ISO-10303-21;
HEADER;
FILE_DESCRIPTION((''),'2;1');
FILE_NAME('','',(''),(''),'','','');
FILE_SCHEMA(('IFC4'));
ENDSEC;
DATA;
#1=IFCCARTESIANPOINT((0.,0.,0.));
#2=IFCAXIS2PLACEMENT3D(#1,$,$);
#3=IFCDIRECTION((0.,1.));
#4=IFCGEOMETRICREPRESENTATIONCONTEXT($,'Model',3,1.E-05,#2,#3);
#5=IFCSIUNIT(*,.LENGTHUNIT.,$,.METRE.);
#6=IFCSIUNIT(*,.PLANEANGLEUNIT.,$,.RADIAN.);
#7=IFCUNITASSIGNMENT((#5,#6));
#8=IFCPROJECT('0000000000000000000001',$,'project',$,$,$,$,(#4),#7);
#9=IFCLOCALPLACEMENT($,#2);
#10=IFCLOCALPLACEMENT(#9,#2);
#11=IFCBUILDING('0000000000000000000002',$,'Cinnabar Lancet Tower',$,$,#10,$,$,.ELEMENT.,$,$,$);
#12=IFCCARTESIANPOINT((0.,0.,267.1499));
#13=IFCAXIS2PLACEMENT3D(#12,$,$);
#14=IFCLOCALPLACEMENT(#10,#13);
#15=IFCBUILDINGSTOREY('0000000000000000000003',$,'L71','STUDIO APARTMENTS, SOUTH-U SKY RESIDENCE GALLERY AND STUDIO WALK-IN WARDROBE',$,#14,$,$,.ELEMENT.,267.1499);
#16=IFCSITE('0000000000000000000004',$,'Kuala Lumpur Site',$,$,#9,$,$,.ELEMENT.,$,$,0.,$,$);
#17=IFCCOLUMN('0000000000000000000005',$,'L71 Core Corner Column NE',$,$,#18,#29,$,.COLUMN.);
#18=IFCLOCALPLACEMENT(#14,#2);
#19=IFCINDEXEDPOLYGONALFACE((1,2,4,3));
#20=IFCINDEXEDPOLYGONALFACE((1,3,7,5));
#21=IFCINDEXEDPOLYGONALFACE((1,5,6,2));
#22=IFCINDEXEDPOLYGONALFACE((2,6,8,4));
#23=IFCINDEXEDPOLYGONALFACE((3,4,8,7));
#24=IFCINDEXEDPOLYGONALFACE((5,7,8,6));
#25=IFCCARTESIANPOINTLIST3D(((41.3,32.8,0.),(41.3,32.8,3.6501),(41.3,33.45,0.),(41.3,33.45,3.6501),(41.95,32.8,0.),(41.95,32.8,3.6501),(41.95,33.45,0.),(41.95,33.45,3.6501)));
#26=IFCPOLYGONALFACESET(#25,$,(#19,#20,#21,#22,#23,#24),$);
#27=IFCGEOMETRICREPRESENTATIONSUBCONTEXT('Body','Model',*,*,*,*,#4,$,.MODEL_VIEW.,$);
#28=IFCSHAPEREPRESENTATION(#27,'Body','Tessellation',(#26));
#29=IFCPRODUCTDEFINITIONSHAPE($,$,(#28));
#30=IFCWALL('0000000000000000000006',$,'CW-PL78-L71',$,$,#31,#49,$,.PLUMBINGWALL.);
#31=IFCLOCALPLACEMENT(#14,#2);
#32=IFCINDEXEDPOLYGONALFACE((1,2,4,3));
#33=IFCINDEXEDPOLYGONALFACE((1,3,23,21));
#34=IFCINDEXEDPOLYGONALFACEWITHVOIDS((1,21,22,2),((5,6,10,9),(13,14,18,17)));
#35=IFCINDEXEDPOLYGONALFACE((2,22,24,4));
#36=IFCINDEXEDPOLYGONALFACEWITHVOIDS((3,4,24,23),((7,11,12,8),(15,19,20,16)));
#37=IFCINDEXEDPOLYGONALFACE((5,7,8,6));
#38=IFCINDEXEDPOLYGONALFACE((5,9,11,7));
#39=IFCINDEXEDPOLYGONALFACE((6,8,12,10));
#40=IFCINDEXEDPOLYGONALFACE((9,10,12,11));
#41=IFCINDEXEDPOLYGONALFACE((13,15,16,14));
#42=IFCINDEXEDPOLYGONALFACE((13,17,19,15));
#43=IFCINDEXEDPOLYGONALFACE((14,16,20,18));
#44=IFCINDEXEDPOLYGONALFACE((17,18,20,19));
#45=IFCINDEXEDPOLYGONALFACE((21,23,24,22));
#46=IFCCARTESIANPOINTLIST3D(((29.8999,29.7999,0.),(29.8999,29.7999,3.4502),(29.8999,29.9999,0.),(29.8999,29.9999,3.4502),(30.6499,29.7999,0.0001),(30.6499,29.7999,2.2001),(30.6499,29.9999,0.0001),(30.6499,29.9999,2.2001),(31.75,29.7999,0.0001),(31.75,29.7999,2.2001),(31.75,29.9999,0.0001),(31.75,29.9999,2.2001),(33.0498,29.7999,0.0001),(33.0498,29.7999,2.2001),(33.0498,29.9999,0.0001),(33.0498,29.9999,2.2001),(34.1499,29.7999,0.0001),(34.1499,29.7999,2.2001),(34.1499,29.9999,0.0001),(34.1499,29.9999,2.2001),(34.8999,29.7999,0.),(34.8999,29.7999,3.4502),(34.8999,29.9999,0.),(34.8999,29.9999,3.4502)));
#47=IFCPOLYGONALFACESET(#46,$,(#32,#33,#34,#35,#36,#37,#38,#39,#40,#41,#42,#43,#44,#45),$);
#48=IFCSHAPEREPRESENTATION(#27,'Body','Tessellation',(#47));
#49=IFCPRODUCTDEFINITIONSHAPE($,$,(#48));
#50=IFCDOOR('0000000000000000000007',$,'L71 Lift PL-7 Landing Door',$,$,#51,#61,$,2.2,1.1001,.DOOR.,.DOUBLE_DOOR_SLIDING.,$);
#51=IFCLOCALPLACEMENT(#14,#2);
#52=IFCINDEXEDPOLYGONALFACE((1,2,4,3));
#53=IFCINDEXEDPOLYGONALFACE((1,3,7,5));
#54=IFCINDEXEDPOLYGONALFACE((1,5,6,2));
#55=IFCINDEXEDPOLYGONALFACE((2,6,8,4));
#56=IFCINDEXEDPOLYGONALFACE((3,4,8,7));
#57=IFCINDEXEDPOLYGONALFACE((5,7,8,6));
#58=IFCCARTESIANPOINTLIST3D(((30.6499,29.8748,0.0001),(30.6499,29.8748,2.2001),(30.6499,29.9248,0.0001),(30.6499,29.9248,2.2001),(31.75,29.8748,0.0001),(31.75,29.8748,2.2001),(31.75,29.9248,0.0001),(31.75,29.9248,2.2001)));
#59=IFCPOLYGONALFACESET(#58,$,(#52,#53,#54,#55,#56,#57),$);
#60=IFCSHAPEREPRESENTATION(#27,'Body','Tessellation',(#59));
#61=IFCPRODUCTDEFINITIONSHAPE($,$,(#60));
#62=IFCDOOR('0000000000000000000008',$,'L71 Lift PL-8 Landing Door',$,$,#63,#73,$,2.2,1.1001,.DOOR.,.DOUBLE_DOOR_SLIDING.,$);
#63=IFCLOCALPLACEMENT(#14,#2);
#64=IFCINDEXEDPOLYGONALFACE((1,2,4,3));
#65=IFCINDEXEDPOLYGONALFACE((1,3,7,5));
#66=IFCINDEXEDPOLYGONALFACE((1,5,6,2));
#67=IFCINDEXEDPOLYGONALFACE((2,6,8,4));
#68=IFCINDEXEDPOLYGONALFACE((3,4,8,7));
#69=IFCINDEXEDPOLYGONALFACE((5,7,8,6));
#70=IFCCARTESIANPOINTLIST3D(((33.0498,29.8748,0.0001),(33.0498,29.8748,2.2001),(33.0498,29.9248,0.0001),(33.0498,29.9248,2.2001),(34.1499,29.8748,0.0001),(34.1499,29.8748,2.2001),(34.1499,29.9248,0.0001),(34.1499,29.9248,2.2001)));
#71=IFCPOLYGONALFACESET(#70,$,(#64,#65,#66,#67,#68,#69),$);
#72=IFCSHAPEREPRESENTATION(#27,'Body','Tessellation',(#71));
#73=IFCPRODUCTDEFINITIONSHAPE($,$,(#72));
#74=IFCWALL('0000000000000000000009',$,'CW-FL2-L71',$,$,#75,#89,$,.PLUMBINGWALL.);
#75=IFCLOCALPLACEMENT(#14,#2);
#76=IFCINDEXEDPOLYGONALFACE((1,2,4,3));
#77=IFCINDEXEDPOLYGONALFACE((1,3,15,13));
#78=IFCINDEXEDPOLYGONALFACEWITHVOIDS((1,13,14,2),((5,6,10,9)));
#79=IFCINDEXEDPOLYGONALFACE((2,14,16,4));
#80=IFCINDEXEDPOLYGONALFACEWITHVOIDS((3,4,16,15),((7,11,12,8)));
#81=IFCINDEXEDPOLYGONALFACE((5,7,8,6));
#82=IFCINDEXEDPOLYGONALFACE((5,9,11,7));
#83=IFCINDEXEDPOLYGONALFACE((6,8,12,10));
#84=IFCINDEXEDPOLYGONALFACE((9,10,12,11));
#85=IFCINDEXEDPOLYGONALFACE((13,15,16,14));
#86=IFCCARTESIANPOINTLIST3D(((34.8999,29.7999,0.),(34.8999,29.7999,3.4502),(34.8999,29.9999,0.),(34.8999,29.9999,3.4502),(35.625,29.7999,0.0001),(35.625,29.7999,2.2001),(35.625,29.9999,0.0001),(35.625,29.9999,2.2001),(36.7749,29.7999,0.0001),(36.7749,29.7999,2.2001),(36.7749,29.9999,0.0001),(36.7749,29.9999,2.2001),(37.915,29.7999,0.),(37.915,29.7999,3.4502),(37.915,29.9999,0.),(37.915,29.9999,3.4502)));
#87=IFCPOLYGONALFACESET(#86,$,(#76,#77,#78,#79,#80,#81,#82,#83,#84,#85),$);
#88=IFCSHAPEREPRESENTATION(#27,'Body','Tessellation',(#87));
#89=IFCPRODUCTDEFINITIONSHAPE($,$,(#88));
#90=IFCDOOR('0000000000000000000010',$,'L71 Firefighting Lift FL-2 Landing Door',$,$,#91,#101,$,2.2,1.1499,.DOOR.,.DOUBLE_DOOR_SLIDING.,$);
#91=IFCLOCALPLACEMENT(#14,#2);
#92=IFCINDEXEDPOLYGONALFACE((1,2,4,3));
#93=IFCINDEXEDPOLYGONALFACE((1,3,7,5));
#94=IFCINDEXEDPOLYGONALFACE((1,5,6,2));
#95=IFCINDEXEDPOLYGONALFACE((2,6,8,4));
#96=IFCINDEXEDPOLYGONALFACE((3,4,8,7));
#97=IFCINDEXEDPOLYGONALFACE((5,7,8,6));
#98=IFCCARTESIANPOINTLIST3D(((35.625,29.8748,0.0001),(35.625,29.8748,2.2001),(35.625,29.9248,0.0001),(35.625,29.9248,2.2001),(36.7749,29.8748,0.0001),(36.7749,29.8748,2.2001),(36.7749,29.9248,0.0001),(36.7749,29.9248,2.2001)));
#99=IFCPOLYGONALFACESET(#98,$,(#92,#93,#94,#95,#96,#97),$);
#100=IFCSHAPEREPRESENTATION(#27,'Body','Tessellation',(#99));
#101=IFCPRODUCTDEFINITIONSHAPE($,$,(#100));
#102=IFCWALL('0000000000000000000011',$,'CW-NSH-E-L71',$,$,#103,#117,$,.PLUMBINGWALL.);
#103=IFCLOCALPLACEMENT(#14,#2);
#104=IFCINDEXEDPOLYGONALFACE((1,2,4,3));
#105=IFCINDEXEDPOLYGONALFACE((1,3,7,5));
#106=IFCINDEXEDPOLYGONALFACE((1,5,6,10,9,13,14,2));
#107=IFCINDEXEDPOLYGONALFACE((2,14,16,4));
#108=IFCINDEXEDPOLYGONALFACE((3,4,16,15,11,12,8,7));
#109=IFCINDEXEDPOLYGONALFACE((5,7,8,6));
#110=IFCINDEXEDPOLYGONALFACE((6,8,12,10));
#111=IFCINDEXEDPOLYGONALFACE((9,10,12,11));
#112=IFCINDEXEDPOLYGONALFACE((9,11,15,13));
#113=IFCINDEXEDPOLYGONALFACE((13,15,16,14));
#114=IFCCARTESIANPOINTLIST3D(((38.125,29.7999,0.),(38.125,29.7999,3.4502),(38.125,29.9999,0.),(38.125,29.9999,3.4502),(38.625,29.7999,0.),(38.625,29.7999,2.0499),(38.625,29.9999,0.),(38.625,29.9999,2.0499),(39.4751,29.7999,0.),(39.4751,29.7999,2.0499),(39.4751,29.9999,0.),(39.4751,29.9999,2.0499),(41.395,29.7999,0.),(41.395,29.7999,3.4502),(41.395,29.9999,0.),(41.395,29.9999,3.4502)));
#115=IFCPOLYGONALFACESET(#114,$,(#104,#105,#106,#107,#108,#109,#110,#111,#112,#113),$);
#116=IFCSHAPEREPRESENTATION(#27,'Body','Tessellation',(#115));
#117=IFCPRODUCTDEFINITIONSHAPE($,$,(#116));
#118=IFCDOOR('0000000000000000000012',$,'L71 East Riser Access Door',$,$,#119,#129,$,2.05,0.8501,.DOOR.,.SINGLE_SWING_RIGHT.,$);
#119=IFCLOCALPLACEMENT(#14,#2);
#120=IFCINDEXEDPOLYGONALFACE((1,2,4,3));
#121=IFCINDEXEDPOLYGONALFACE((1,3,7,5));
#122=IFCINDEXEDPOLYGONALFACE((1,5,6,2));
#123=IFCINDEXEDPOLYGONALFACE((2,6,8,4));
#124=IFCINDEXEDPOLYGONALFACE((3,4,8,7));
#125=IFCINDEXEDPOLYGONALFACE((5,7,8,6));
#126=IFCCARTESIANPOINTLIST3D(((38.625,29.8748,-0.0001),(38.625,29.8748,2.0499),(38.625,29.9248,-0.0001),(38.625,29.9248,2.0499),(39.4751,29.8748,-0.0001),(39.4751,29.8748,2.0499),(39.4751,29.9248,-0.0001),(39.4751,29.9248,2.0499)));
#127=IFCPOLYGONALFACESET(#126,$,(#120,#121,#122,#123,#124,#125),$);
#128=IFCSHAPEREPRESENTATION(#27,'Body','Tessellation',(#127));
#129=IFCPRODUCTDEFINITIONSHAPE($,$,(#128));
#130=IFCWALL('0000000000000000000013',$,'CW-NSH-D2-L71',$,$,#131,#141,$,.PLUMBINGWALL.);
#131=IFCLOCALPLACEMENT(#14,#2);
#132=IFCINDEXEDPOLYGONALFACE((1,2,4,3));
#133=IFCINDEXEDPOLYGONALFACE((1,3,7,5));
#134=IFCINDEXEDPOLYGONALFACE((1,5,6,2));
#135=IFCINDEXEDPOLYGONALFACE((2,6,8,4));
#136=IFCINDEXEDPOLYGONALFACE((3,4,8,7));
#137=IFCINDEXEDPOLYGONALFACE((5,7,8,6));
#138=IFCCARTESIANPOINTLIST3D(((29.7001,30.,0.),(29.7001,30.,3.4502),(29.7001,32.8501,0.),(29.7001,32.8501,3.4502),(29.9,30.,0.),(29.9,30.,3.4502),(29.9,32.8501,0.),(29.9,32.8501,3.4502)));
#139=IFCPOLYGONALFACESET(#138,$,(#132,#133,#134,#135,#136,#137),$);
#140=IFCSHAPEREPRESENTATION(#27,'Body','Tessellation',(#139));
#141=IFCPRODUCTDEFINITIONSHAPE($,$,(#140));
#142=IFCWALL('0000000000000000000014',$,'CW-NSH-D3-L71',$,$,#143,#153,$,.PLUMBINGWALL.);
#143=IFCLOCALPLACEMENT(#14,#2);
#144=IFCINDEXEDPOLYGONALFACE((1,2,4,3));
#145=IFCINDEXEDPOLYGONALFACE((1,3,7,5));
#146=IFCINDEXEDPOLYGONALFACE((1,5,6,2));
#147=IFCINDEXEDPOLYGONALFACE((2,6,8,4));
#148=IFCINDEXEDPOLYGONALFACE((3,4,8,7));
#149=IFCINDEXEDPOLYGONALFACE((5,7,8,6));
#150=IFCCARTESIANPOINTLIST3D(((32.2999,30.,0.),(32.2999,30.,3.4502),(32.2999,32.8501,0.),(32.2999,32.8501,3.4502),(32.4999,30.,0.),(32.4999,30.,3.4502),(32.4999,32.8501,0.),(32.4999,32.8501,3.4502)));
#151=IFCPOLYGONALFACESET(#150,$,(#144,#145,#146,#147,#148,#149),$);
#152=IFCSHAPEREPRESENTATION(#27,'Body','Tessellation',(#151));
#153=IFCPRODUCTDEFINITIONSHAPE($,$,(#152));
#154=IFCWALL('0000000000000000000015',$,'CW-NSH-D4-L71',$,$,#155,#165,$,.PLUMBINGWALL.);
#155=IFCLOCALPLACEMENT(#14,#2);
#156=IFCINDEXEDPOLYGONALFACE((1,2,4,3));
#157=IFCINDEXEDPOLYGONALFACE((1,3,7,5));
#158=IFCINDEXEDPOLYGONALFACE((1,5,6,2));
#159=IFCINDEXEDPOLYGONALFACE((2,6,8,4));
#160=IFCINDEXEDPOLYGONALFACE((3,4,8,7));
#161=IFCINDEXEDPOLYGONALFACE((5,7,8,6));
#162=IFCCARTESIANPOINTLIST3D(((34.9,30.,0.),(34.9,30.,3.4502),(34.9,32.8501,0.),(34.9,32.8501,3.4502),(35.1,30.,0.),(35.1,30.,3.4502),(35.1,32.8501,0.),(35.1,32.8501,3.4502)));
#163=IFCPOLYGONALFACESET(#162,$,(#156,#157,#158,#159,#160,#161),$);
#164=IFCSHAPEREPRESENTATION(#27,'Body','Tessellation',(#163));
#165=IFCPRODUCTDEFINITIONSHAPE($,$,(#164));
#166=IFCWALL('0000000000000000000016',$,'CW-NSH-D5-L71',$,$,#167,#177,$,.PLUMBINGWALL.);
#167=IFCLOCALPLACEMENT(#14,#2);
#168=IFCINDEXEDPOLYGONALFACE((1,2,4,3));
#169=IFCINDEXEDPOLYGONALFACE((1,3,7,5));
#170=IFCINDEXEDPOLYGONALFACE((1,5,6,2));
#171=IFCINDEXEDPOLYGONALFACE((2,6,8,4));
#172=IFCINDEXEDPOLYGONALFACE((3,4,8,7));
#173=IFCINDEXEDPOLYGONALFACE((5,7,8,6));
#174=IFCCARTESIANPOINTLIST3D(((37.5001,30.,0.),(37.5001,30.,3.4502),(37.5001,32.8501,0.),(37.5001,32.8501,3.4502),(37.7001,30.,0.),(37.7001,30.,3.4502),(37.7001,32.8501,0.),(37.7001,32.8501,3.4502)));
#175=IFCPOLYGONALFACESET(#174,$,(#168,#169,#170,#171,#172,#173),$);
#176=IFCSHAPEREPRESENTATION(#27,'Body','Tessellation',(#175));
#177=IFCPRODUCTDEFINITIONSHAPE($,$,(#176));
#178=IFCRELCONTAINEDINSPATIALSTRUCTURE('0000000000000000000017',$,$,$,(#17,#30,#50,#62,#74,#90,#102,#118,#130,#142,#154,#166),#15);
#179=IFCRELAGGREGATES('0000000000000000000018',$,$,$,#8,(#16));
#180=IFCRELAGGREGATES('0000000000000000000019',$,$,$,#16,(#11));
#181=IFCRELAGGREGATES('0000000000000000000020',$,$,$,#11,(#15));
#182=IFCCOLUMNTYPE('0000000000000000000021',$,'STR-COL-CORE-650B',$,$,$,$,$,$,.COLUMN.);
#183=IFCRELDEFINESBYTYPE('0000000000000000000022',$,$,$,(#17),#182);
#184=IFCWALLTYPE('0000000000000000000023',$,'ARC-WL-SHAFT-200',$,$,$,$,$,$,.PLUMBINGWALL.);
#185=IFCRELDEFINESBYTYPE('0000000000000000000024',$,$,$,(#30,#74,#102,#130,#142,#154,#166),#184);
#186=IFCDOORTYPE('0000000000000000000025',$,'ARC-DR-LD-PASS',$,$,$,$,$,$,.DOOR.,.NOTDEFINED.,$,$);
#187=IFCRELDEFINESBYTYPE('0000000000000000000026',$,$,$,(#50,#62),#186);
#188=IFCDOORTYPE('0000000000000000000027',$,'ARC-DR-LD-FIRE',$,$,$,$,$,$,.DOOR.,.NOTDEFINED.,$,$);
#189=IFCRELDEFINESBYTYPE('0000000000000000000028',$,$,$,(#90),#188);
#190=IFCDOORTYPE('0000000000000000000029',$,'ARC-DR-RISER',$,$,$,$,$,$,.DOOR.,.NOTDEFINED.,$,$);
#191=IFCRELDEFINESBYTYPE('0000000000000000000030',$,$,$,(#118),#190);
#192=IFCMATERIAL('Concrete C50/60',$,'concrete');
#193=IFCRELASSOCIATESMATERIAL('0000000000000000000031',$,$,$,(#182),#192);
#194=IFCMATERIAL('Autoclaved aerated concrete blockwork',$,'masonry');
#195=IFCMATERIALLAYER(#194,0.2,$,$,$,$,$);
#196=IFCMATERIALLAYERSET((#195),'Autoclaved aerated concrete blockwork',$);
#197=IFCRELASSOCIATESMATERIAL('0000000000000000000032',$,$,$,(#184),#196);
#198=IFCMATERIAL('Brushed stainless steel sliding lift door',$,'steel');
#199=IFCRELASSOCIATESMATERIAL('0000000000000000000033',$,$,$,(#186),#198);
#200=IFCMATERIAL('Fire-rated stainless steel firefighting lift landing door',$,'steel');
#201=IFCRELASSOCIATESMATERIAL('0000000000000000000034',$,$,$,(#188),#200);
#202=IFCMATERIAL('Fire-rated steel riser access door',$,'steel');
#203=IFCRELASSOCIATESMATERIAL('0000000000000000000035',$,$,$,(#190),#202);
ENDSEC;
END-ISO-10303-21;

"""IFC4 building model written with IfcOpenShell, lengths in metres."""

from ifc_helpers import new_model, si_unit, direction, frame, frame_2d, origin, origin_2d, place, context, subcontext, project, spatial, rectangle, extrude, material, layer, layer_set, material_profile, profile_set, type_object, element, fill, save


model = new_model("IFC4")

# Units and contexts
model_context = context("Model", 3, precision=1e-05, world=origin(), true_north=direction((0.0, 1.0)))
body_context = subcontext(model_context, "Body", "Model", "MODEL_VIEW")
ifc_project = project(units=[si_unit("LENGTHUNIT", "METRE"), si_unit("PLANEANGLEUNIT", "RADIAN")], contexts=[model_context])

# Site, building, storey
site_placement = place(None, origin())
site = spatial("IfcSite", under=ifc_project, at=site_placement, Name="Kuala Lumpur Site", CompositionType="ELEMENT", RefElevation=0.0)
building_placement = place(site_placement, origin())
building = spatial("IfcBuilding", under=site, at=building_placement, Name="Cinnabar Lancet Tower", CompositionType="ELEMENT")
storey_placement = place(building_placement, frame((0.0, 0.0, 267.1499)))
storey = spatial("IfcBuildingStorey", under=building, at=storey_placement, Name="L71", Description="STUDIO APARTMENTS, SOUTH-U SKY RESIDENCE GALLERY AND STUDIO WALK-IN WARDROBE", CompositionType="ELEMENT", Elevation=267.1499)

# Column
ifc_material_1 = material(Name="Concrete C50/60", Category="concrete")
ifc_material_profile = material_profile(ifc_material_1, rectangle(XDim=0.6499, YDim=0.6499, at=origin_2d()), Name="RC-COL 650x650")
ifc_profile_set = profile_set([ifc_material_profile], Name="Concrete C50/60")
column_type = type_object("IfcColumnType", Name="STR-COL-CORE-650B", PredefinedType="COLUMN", material=ifc_profile_set)
column_placement = place(storey_placement, frame((41.625, 33.125, 0.0), z_axis=(0.0, 0.0, 1.0), x_axis=(1.0, 0.0, 0.0)))
element("IfcColumn", 1, at=column_placement, inside=storey, type_object=column_type, Name="L71 Core Corner Column NE", PredefinedType="COLUMN", context=body_context, shape_type="SweptSolid", body=[
    extrude(rectangle(XDim=0.6499, YDim=0.6499, at=origin_2d()), origin(), (0.0, 0.0, 1.0), 3.6501),
])

# Wall, openings, doors
ifc_material_2 = material(Name="Autoclaved aerated concrete blockwork", Category="masonry")
ifc_layer_1 = layer(ifc_material_2, 0.2)
ifc_layer_set_1 = layer_set([ifc_layer_1], Name="Autoclaved aerated concrete blockwork")
wall_type_1 = type_object("IfcWallType", Name="ARC-WL-SHAFT-200", PredefinedType="PLUMBINGWALL", material=ifc_layer_set_1)
wall_1_placement = place(storey_placement, frame((29.8999, 29.8999, 0.0), z_axis=(0.0, 0.0, 1.0), x_axis=(1.0, 0.0, 0.0)))
wall_1 = element("IfcWall", 2, at=wall_1_placement, inside=storey, type_object=wall_type_1, Name="CW-PL78-L71", PredefinedType="PLUMBINGWALL", context=body_context, shape_type="SweptSolid", body=[
    extrude(rectangle(XDim=5.0, YDim=0.2, at=frame_2d((2.5, 0.0))), origin(), (0.0, 0.0, 1.0), 3.4502),
])
opening_1_placement = place(wall_1_placement, frame((0.75, 0.0, 0.0)))
opening_1 = element("IfcOpeningElement", 3, at=opening_1_placement, cuts=wall_1, PredefinedType="OPENING", context=body_context, shape_type="SweptSolid", body=[
    extrude(rectangle(XDim=1.1001, YDim=2.2, at=frame_2d((0.55, 1.1001))), frame((0.0, 0.1099, 0.0), z_axis=(0.0, -1.0, 0.0), x_axis=(1.0, 0.0, 0.0)), (0.0, 0.0, 1.0), 0.22),
])
opening_2_placement = place(wall_1_placement, frame((3.1499, 0.0, 0.0)))
opening_2 = element("IfcOpeningElement", 4, at=opening_2_placement, cuts=wall_1, PredefinedType="OPENING", context=body_context, shape_type="SweptSolid", body=[
    extrude(rectangle(XDim=1.1001, YDim=2.2, at=frame_2d((0.55, 1.1001))), frame((0.0, 0.1099, 0.0), z_axis=(0.0, -1.0, 0.0), x_axis=(1.0, 0.0, 0.0)), (0.0, 0.0, 1.0), 0.22),
])
ifc_material_3 = material(Name="Brushed stainless steel sliding lift door", Category="steel")
door_type_1 = type_object("IfcDoorType", Name="ARC-DR-LD-PASS", OperationType="NOTDEFINED", PredefinedType="DOOR", material=ifc_material_3)
door_1_placement = place(opening_1_placement, origin())
door_1 = element("IfcDoor", 5, at=door_1_placement, inside=storey, type_object=door_type_1, Name="L71 Lift PL-7 Landing Door", OperationType="DOUBLE_DOOR_SLIDING", OverallHeight=2.2, OverallWidth=1.1001, PredefinedType="DOOR", context=body_context, shape_type="SweptSolid", body=[
    extrude(rectangle(XDim=1.1001, YDim=2.2, at=frame_2d((0.55, 1.1001))), frame((0.0, 0.0249, 0.0), z_axis=(0.0, -1.0, 0.0), x_axis=(1.0, 0.0, 0.0)), (0.0, 0.0, 1.0), 0.05),
])
fill(opening_1, door_1)
door_2_placement = place(opening_2_placement, origin())
door_2 = element("IfcDoor", 6, at=door_2_placement, inside=storey, type_object=door_type_1, Name="L71 Lift PL-8 Landing Door", OperationType="DOUBLE_DOOR_SLIDING", OverallHeight=2.2, OverallWidth=1.1001, PredefinedType="DOOR", context=body_context, shape_type="SweptSolid", body=[
    extrude(rectangle(XDim=1.1001, YDim=2.2, at=frame_2d((0.55, 1.1001))), frame((0.0, 0.0249, 0.0), z_axis=(0.0, -1.0, 0.0), x_axis=(1.0, 0.0, 0.0)), (0.0, 0.0, 1.0), 0.05),
])
fill(opening_2, door_2)

# Walls, openings, doors
wall_2_placement = place(storey_placement, frame((34.8999, 29.8999, 0.0), z_axis=(0.0, 0.0, 1.0), x_axis=(1.0, 0.0, 0.0)))
wall_2 = element("IfcWall", 7, at=wall_2_placement, inside=storey, type_object=wall_type_1, Name="CW-FL2-L71", PredefinedType="PLUMBINGWALL", context=body_context, shape_type="SweptSolid", body=[
    extrude(rectangle(XDim=3.0151, YDim=0.2, at=frame_2d((1.5076, 0.0))), origin(), (0.0, 0.0, 1.0), 3.4502),
])
opening_3_placement = place(wall_2_placement, frame((0.7251, 0.0, 0.0)))
opening_3 = element("IfcOpeningElement", 8, at=opening_3_placement, cuts=wall_2, PredefinedType="OPENING", context=body_context, shape_type="SweptSolid", body=[
    extrude(rectangle(XDim=1.1499, YDim=2.2, at=frame_2d((0.575, 1.1001))), frame((0.0, 0.1099, 0.0), z_axis=(0.0, -1.0, 0.0), x_axis=(1.0, 0.0, 0.0)), (0.0, 0.0, 1.0), 0.22),
])
ifc_material_4 = material(Name="Fire-rated stainless steel firefighting lift landing door", Category="steel")
door_type_2 = type_object("IfcDoorType", Name="ARC-DR-LD-FIRE", OperationType="NOTDEFINED", PredefinedType="DOOR", material=ifc_material_4)
door_3_placement = place(opening_3_placement, origin())
door_3 = element("IfcDoor", 9, at=door_3_placement, inside=storey, type_object=door_type_2, Name="L71 Firefighting Lift FL-2 Landing Door", OperationType="DOUBLE_DOOR_SLIDING", OverallHeight=2.2, OverallWidth=1.1499, PredefinedType="DOOR", context=body_context, shape_type="SweptSolid", body=[
    extrude(rectangle(XDim=1.1499, YDim=2.2, at=frame_2d((0.575, 1.1001))), frame((0.0, 0.0249, 0.0), z_axis=(0.0, -1.0, 0.0), x_axis=(1.0, 0.0, 0.0)), (0.0, 0.0, 1.0), 0.05),
])
fill(opening_3, door_3)
wall_3_placement = place(storey_placement, frame((38.125, 29.8999, 0.0), z_axis=(0.0, 0.0, 1.0), x_axis=(1.0, 0.0, 0.0)))
wall_3 = element("IfcWall", 10, at=wall_3_placement, inside=storey, type_object=wall_type_1, Name="CW-NSH-E-L71", PredefinedType="PLUMBINGWALL", context=body_context, shape_type="SweptSolid", body=[
    extrude(rectangle(XDim=3.27, YDim=0.2, at=frame_2d((1.635, 0.0))), origin(), (0.0, 0.0, 1.0), 3.4502),
])
opening_4_placement = place(wall_3_placement, frame((0.5, 0.0, 0.0)))
opening_4 = element("IfcOpeningElement", 11, at=opening_4_placement, cuts=wall_3, PredefinedType="OPENING", context=body_context, shape_type="SweptSolid", body=[
    extrude(rectangle(XDim=0.8501, YDim=2.05, at=frame_2d((0.425, 1.0249))), frame((0.0, 0.1099, 0.0), z_axis=(0.0, -1.0, 0.0), x_axis=(1.0, 0.0, 0.0)), (0.0, 0.0, 1.0), 0.22),
])
ifc_material_5 = material(Name="Fire-rated steel riser access door", Category="steel")
door_type_3 = type_object("IfcDoorType", Name="ARC-DR-RISER", OperationType="NOTDEFINED", PredefinedType="DOOR", material=ifc_material_5)
door_4_placement = place(opening_4_placement, origin())
door_4 = element("IfcDoor", 12, at=door_4_placement, inside=storey, type_object=door_type_3, Name="L71 East Riser Access Door", OperationType="SINGLE_SWING_RIGHT", OverallHeight=2.05, OverallWidth=0.8501, PredefinedType="DOOR", context=body_context, shape_type="SweptSolid", body=[
    extrude(rectangle(XDim=0.8501, YDim=2.05, at=frame_2d((0.425, 1.0249))), frame((0.0, 0.0249, 0.0), z_axis=(0.0, -1.0, 0.0), x_axis=(1.0, 0.0, 0.0)), (0.0, 0.0, 1.0), 0.05),
])
fill(opening_4, door_4)

# Walls
for number, where, z_axis, x_axis, name in (
    (13, (29.8, 30.0, 0.0), (0.0, 0.0, 1.0), (0.0, 1.0, 0.0), "CW-NSH-D2-L71"),
    (14, (32.3999, 30.0, 0.0), (0.0, 0.0, 1.0), (0.0, 1.0, 0.0), "CW-NSH-D3-L71"),
    (15, (35.0, 30.0, 0.0), (0.0, 0.0, 1.0), (0.0, 1.0, 0.0), "CW-NSH-D4-L71"),
    (16, (37.6001, 30.0, 0.0), (0.0, 0.0, 1.0), (0.0, 1.0, 0.0), "CW-NSH-D5-L71"),
):
    element("IfcWall", number, at=place(storey_placement, frame(where, z_axis=z_axis, x_axis=x_axis)), inside=storey, type_object=wall_type_1, Name=name, PredefinedType="PLUMBINGWALL", context=body_context, shape_type="SweptSolid", body=[
        extrude(rectangle(XDim=2.8501, YDim=0.2, at=frame_2d((1.425, 0.0))), origin(), (0.0, 0.0, 1.0), 3.4502),
    ])

save(model, "model.ifc")
